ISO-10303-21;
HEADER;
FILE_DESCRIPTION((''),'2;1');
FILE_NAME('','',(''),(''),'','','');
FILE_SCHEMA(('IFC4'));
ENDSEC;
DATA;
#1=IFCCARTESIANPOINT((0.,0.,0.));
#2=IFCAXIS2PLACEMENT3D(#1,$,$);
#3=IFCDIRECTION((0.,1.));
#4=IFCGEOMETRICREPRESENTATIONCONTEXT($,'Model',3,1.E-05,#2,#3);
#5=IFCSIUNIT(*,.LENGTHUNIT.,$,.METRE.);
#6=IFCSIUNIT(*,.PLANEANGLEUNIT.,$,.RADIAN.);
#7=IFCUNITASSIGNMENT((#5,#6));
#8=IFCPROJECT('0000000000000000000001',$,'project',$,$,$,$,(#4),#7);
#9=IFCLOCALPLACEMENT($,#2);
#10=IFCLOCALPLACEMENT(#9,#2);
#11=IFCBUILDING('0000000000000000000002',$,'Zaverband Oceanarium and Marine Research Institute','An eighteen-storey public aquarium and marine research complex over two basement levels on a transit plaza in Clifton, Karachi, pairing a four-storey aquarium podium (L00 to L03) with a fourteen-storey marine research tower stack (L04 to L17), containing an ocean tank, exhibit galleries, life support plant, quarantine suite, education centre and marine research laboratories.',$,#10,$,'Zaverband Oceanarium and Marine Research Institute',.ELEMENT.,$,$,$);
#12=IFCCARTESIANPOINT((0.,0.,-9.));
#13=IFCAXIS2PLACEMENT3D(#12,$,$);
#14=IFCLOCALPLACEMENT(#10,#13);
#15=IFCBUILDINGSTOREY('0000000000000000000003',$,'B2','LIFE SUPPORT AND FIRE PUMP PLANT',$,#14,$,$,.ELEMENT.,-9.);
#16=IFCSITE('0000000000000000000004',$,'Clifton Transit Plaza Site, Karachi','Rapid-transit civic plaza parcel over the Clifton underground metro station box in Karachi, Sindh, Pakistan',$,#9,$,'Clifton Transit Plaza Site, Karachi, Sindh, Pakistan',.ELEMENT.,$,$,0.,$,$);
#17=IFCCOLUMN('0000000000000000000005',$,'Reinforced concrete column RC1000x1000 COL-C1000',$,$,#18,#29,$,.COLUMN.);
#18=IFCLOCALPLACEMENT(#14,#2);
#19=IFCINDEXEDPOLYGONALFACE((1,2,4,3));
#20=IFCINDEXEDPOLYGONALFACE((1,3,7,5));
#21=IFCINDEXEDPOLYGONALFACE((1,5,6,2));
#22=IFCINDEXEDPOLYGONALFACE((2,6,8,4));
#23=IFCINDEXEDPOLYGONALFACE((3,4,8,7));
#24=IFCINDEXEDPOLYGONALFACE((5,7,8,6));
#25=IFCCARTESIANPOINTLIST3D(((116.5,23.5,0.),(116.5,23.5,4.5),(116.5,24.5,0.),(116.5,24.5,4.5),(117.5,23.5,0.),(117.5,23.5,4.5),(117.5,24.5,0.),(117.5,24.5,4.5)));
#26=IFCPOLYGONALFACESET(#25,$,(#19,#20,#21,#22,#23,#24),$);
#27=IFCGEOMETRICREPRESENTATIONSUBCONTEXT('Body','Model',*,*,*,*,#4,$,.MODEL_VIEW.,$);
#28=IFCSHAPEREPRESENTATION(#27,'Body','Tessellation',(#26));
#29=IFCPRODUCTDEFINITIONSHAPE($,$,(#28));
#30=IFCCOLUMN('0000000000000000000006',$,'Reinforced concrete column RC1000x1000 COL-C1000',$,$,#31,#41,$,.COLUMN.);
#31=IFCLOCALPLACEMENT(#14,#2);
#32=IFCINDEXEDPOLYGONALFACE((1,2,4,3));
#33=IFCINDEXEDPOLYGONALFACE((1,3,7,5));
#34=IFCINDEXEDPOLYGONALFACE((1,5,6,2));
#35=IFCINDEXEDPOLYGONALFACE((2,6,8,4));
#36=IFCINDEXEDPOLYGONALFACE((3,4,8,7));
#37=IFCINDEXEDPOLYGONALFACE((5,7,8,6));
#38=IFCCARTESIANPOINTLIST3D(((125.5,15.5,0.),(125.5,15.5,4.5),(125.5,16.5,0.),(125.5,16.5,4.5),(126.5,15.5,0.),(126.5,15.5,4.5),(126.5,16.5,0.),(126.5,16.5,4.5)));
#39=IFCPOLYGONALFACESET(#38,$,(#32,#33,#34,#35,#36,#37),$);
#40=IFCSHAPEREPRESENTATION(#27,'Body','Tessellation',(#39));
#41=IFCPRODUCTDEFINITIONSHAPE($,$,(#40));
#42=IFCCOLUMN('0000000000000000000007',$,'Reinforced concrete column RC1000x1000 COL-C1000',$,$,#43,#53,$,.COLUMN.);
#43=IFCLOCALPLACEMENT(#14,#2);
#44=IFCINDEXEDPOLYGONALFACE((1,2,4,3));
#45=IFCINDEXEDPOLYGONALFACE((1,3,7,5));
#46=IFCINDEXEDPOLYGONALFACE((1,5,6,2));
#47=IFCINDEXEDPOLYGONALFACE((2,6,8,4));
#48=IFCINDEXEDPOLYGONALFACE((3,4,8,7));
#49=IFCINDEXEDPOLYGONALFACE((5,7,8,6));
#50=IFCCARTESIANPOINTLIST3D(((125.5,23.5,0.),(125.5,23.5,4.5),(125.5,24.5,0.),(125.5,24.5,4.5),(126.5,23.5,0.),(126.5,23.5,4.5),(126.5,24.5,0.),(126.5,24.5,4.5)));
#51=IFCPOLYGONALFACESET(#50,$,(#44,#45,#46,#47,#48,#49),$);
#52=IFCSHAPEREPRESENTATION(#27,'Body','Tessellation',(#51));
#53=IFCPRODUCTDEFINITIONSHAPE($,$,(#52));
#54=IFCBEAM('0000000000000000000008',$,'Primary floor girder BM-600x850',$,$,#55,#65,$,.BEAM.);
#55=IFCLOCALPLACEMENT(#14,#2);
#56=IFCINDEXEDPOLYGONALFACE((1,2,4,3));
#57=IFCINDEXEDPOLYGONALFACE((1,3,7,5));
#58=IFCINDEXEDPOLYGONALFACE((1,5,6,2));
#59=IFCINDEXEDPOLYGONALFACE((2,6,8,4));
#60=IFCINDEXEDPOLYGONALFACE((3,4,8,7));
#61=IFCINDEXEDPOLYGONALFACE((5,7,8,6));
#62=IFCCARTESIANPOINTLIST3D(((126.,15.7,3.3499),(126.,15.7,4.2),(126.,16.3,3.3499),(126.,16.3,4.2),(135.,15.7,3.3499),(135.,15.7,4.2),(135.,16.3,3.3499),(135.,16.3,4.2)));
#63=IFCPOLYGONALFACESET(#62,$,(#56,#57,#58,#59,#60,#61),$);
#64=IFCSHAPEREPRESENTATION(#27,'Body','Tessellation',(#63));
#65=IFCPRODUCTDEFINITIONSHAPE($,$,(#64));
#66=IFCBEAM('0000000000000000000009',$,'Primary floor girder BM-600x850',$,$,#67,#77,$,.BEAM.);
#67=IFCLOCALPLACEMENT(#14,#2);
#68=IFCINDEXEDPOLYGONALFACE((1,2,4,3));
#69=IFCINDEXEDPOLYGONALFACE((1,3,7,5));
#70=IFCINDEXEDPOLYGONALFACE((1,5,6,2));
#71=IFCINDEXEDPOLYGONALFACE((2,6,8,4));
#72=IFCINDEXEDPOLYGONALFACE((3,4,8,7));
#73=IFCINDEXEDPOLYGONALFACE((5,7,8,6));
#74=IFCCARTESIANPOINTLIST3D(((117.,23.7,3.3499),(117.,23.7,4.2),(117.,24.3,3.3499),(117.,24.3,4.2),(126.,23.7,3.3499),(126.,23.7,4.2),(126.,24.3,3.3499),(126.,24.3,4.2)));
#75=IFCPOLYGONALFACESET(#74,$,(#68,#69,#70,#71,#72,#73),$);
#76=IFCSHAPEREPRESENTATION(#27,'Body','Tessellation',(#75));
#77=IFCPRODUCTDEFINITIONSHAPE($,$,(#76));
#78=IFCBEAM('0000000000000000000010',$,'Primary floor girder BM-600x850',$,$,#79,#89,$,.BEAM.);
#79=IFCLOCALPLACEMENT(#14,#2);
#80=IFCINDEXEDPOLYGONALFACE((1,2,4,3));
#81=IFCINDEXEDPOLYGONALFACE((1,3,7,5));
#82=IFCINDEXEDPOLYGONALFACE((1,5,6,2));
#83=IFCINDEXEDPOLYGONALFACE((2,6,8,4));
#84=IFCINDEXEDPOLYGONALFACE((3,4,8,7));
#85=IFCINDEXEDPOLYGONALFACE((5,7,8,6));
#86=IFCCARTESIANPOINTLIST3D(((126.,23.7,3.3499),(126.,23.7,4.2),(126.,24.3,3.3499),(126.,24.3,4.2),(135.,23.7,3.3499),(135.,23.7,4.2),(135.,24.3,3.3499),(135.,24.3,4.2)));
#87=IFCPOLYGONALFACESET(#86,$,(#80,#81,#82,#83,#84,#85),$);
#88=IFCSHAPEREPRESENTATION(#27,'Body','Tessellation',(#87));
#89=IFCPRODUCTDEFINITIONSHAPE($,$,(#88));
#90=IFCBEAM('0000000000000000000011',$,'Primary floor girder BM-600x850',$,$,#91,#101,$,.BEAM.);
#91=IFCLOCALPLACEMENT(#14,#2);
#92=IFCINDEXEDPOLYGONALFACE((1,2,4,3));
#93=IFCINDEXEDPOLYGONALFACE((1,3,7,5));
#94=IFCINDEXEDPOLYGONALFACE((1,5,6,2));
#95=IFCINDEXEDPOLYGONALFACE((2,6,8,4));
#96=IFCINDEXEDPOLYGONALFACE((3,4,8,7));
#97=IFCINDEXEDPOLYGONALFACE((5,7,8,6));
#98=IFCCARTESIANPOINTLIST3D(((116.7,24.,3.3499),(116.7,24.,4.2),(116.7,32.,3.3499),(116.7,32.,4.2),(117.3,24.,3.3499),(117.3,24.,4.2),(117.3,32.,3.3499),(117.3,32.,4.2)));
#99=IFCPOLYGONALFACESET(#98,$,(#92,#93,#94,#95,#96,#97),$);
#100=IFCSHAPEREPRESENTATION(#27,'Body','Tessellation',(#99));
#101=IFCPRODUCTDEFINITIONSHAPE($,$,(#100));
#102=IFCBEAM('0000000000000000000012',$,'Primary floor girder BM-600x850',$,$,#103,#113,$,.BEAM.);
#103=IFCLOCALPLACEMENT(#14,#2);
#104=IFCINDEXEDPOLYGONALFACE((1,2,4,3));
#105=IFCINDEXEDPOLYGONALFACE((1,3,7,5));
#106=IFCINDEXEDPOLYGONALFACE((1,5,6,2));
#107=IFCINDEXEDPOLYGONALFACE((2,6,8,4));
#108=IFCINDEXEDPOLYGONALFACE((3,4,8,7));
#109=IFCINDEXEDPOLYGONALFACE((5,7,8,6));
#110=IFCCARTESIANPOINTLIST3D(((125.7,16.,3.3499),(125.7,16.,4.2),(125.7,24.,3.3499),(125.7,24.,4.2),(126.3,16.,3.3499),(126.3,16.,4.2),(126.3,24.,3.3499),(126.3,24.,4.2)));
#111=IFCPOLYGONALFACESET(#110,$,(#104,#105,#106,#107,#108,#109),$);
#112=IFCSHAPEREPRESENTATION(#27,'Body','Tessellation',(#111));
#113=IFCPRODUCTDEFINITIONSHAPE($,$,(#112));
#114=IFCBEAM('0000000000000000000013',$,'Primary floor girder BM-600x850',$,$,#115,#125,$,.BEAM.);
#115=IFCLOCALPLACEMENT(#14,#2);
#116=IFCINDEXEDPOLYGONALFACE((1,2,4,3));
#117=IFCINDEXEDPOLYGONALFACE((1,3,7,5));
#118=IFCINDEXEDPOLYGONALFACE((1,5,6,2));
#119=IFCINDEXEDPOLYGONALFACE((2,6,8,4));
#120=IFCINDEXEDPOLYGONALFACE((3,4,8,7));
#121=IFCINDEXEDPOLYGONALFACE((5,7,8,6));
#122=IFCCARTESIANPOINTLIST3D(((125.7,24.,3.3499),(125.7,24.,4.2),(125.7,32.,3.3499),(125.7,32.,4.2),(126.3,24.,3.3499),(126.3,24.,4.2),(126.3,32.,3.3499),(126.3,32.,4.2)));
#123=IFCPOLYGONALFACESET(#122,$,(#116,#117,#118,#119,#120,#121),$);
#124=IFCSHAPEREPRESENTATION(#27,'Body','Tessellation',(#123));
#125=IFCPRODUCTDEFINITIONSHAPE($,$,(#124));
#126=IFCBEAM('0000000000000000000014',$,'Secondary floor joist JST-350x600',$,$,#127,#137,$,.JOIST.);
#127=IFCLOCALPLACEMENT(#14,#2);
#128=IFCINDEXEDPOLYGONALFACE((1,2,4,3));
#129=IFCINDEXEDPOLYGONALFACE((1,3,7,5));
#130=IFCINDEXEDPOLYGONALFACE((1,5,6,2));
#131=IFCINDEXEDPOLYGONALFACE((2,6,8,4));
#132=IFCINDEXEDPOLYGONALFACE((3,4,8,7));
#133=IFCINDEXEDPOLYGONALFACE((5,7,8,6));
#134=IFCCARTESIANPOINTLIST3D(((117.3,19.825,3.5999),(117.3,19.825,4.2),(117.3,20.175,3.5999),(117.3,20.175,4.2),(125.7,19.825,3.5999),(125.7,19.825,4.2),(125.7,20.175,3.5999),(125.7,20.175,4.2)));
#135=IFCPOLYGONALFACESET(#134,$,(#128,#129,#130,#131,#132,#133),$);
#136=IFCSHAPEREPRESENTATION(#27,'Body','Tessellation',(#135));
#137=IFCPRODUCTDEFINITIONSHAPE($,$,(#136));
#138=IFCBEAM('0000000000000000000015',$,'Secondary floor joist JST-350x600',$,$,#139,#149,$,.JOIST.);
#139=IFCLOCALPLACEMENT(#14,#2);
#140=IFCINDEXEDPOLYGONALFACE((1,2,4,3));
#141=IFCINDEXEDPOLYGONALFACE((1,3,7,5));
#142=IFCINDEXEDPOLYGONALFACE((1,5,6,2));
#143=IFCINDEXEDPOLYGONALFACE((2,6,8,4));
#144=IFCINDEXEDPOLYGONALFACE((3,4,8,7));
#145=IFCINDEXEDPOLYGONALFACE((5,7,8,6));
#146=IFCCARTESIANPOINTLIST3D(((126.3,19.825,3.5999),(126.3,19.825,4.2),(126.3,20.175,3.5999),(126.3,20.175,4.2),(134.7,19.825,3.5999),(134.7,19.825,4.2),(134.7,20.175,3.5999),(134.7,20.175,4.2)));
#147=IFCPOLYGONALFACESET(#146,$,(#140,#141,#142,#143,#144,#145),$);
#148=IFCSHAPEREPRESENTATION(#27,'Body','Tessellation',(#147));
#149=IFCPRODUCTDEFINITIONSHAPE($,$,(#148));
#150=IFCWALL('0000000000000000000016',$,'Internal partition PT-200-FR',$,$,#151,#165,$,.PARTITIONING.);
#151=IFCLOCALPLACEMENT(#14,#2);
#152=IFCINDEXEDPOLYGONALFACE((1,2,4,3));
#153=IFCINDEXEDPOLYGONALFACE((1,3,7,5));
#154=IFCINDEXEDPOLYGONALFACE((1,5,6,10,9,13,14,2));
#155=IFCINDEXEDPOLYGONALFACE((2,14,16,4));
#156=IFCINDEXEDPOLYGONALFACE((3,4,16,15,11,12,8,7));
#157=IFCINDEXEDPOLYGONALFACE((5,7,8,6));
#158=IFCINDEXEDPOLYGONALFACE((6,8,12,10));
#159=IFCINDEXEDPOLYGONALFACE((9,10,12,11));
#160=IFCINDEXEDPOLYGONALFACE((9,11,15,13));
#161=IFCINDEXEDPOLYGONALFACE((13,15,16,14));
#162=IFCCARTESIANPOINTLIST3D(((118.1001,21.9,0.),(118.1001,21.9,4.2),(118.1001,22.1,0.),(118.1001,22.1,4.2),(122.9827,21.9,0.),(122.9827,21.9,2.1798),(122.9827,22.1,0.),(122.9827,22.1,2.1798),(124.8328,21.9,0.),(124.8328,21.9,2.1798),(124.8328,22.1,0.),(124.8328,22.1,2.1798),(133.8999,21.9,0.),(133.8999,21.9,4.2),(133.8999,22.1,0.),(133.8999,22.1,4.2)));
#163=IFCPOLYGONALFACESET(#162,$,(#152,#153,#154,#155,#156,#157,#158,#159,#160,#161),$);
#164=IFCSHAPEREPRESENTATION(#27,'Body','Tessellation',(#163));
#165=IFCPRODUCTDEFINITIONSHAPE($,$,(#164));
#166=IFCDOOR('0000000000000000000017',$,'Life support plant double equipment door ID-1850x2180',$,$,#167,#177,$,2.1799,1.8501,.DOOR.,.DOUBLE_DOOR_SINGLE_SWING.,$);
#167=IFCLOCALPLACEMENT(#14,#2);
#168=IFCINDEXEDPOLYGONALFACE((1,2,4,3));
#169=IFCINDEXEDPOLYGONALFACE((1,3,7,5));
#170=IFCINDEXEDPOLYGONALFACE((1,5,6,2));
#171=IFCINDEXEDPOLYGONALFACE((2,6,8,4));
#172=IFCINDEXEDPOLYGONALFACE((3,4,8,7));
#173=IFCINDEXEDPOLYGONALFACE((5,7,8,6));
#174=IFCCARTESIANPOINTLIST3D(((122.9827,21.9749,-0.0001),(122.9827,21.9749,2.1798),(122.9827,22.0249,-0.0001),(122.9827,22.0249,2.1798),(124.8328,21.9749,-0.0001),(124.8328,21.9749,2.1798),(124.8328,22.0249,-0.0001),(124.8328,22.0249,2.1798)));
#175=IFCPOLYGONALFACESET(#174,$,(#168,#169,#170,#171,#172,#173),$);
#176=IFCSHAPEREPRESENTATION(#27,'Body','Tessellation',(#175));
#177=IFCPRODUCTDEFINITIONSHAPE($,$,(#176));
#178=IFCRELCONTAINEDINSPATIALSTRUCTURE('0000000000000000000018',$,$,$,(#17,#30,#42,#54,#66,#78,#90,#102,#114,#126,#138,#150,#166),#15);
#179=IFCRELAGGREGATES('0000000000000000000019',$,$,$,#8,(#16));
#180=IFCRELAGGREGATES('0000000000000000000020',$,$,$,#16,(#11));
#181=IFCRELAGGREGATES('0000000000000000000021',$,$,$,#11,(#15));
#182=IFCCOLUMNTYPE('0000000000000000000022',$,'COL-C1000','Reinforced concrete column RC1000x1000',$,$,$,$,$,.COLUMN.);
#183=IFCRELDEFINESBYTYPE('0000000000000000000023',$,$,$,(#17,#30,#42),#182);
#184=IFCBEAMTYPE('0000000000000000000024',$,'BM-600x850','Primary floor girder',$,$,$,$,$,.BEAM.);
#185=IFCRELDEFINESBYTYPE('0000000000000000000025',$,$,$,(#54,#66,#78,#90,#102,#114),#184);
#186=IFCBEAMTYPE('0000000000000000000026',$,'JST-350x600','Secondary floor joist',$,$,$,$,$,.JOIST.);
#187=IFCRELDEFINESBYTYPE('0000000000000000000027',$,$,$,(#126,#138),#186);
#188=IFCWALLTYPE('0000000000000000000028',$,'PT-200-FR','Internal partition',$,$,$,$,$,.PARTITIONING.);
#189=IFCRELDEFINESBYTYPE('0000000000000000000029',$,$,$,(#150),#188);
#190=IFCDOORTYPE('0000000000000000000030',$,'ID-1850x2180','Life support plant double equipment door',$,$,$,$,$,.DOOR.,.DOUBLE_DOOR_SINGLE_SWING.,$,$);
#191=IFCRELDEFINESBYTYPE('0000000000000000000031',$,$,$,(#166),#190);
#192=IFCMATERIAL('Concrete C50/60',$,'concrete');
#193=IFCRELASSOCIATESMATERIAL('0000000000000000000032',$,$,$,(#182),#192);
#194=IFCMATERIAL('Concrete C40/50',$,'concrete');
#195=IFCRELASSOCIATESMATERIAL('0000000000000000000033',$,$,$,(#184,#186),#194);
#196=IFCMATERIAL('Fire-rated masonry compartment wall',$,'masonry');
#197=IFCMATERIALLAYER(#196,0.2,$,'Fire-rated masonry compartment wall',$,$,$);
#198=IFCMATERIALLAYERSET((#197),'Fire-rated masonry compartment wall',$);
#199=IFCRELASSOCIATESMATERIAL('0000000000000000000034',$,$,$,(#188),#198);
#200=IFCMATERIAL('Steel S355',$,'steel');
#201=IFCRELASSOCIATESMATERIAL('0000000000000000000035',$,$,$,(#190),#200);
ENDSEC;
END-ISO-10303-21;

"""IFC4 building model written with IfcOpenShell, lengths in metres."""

from ifc_helpers import new_model, si_unit, direction, frame, frame_2d, origin, origin_2d, place, context, subcontext, project, spatial, rectangle, extrude, material, layer, layer_set, material_profile, profile_set, type_object, element, fill, save


model = new_model("IFC4")

# Units and contexts
model_context = context("Model", 3, precision=1e-05, world=origin(), true_north=direction((0.0, 1.0)))
body_context = subcontext(model_context, "Body", "Model", "MODEL_VIEW")
ifc_project = project(units=[si_unit("LENGTHUNIT", "METRE"), si_unit("PLANEANGLEUNIT", "RADIAN")], contexts=[model_context])

# Site, building, storey
site_placement = place(None, origin())
site = spatial("IfcSite", under=ifc_project, at=site_placement, Name="Clifton Transit Plaza Site, Karachi", Description="Rapid-transit civic plaza parcel over the Clifton underground metro station box in Karachi, Sindh, Pakistan", LongName="Clifton Transit Plaza Site, Karachi, Sindh, Pakistan", CompositionType="ELEMENT", RefElevation=0.0)
building_placement = place(site_placement, origin())
building = spatial("IfcBuilding", under=site, at=building_placement, Name="Zaverband Oceanarium and Marine Research Institute", Description="An eighteen-storey public aquarium and marine research complex over two basement levels on a transit plaza in Clifton, Karachi, pairing a four-storey aquarium podium (L00 to L03) with a fourteen-storey marine research tower stack (L04 to L17), containing an ocean tank, exhibit galleries, life support plant, quarantine suite, education centre and marine research laboratories.", LongName="Zaverband Oceanarium and Marine Research Institute", CompositionType="ELEMENT")
storey_placement = place(building_placement, frame((0.0, 0.0, -9.0)))
storey = spatial("IfcBuildingStorey", under=building, at=storey_placement, Name="B2", Description="LIFE SUPPORT AND FIRE PUMP PLANT", CompositionType="ELEMENT", Elevation=-9.0)

# Shared definitions
ifc_material_1 = material(Name="Concrete C50/60", Category="concrete")

# Columns
ifc_material_profile_1 = material_profile(ifc_material_1, rectangle(XDim=1.0, YDim=1.0, at=origin_2d()), Name="RC1000x1000")
ifc_profile_set_1 = profile_set([ifc_material_profile_1], Name="Concrete C50/60")
column_type = type_object("IfcColumnType", Name="COL-C1000", Description="Reinforced concrete column RC1000x1000", PredefinedType="COLUMN", material=ifc_profile_set_1)
for number, where, z_axis, x_axis, name in (
    (1, (117.0, 24.0, 0.0), (0.0, 0.0, 1.0), (1.0, 0.0, 0.0), "Reinforced concrete column RC1000x1000 COL-C1000"),
    (2, (126.0, 16.0, 0.0), (0.0, 0.0, 1.0), (1.0, 0.0, 0.0), "Reinforced concrete column RC1000x1000 COL-C1000"),
    (3, (126.0, 24.0, 0.0), (0.0, 0.0, 1.0), (1.0, 0.0, 0.0), "Reinforced concrete column RC1000x1000 COL-C1000"),
):
    element("IfcColumn", number, at=place(storey_placement, frame(where, z_axis=z_axis, x_axis=x_axis)), inside=storey, type_object=column_type, Name=name, PredefinedType="COLUMN", context=body_context, shape_type="SweptSolid", body=[
        extrude(rectangle(XDim=1.0, YDim=1.0, at=origin_2d()), origin(), (0.0, 0.0, 1.0), 4.5),
    ])

# Beams
ifc_material_2 = material(Name="Concrete C40/50", Category="concrete")
ifc_material_profile_2 = material_profile(ifc_material_2, rectangle(XDim=0.6001, YDim=0.8501, at=origin_2d()), Name="RC600x850")
ifc_profile_set_2 = profile_set([ifc_material_profile_2], Name="Concrete C40/50")
beam_type_1 = type_object("IfcBeamType", Name="BM-600x850", Description="Primary floor girder", PredefinedType="BEAM", material=ifc_profile_set_2)
for number, where, z_axis, x_axis, name in (
    (4, (126.0, 16.0, 3.7749), (1.0, 0.0, 0.0), (0.0, 1.0, 0.0), "Primary floor girder BM-600x850"),
    (5, (117.0, 24.0, 3.7749), (1.0, 0.0, 0.0), (0.0, 1.0, 0.0), "Primary floor girder BM-600x850"),
    (6, (126.0, 24.0, 3.7749), (1.0, 0.0, 0.0), (0.0, 1.0, 0.0), "Primary floor girder BM-600x850"),
):
    element("IfcBeam", number, at=place(storey_placement, frame(where, z_axis=z_axis, x_axis=x_axis)), inside=storey, type_object=beam_type_1, Name=name, PredefinedType="BEAM", context=body_context, shape_type="SweptSolid", body=[
        extrude(rectangle(XDim=0.6001, YDim=0.8501, at=origin_2d()), origin(), (0.0, 0.0, 1.0), 9.0),
    ])
for number, where, z_axis, x_axis, name in (
    (7, (117.0, 24.0, 3.7749), (0.0, 1.0, 0.0), (-1.0, 0.0, 0.0), "Primary floor girder BM-600x850"),
    (8, (126.0, 16.0, 3.7749), (0.0, 1.0, 0.0), (-1.0, 0.0, 0.0), "Primary floor girder BM-600x850"),
    (9, (126.0, 24.0, 3.7749), (0.0, 1.0, 0.0), (-1.0, 0.0, 0.0), "Primary floor girder BM-600x850"),
):
    element("IfcBeam", number, at=place(storey_placement, frame(where, z_axis=z_axis, x_axis=x_axis)), inside=storey, type_object=beam_type_1, Name=name, PredefinedType="BEAM", context=body_context, shape_type="SweptSolid", body=[
        extrude(rectangle(XDim=0.6001, YDim=0.8501, at=origin_2d()), origin(), (0.0, 0.0, 1.0), 8.0),
    ])
ifc_material_profile_3 = material_profile(ifc_material_2, rectangle(XDim=0.3501, YDim=0.6001, at=origin_2d()), Name="RC350x600")
ifc_profile_set_3 = profile_set([ifc_material_profile_3], Name="Concrete C40/50")
beam_type_2 = type_object("IfcBeamType", Name="JST-350x600", Description="Secondary floor joist", PredefinedType="JOIST", material=ifc_profile_set_3)
for number, where, z_axis, x_axis, name in (
    (10, (117.3, 20.0, 3.8999), (1.0, 0.0, 0.0), (0.0, 1.0, 0.0), "Secondary floor joist JST-350x600"),
    (11, (126.3, 20.0, 3.8999), (1.0, 0.0, 0.0), (0.0, 1.0, 0.0), "Secondary floor joist JST-350x600"),
):
    element("IfcBeam", number, at=place(storey_placement, frame(where, z_axis=z_axis, x_axis=x_axis)), inside=storey, type_object=beam_type_2, Name=name, PredefinedType="JOIST", context=body_context, shape_type="SweptSolid", body=[
        extrude(rectangle(XDim=0.3501, YDim=0.6001, at=origin_2d()), origin(), (0.0, 0.0, 1.0), 8.3999),
    ])

# Wall, opening, door
ifc_material_3 = material(Name="Fire-rated masonry compartment wall", Category="masonry")
ifc_layer_1 = layer(ifc_material_3, 0.2, Name="Fire-rated masonry compartment wall")
ifc_layer_set_1 = layer_set([ifc_layer_1], Name="Fire-rated masonry compartment wall")
wall_type = type_object("IfcWallType", Name="PT-200-FR", Description="Internal partition", PredefinedType="PARTITIONING", material=ifc_layer_set_1)
wall_placement = place(storey_placement, frame((118.1001, 22.0, 0.0), z_axis=(0.0, 0.0, 1.0), x_axis=(1.0, 0.0, 0.0)))
wall = element("IfcWall", 12, at=wall_placement, inside=storey, type_object=wall_type, Name="Internal partition PT-200-FR", PredefinedType="PARTITIONING", context=body_context, shape_type="SweptSolid", body=[
    extrude(rectangle(XDim=15.7998, YDim=0.2, at=frame_2d((7.8999, 0.0))), origin(), (0.0, 0.0, 1.0), 4.2),
])
opening_placement = place(wall_placement, frame((4.8826, 0.0, 0.0)))
opening = element("IfcOpeningElement", 13, at=opening_placement, cuts=wall, PredefinedType="OPENING", context=body_context, shape_type="SweptSolid", body=[
    extrude(rectangle(XDim=1.8501, YDim=2.1799, at=frame_2d((0.925, 1.0898))), frame((0.0, 0.1118, 0.0), z_axis=(0.0, -1.0, 0.0), x_axis=(1.0, 0.0, 0.0)), (0.0, 0.0, 1.0), 0.2239),
])
ifc_material_4 = material(Name="Steel S355", Category="steel")
door_type = type_object("IfcDoorType", Name="ID-1850x2180", Description="Life support plant double equipment door", OperationType="DOUBLE_DOOR_SINGLE_SWING", PredefinedType="DOOR", material=ifc_material_4)
door_placement = place(opening_placement, origin())
door = element("IfcDoor", 14, at=door_placement, inside=storey, type_object=door_type, Name="Life support plant double equipment door ID-1850x2180", OperationType="DOUBLE_DOOR_SINGLE_SWING", OverallHeight=2.1799, OverallWidth=1.8501, PredefinedType="DOOR", context=body_context, shape_type="SweptSolid", body=[
    extrude(rectangle(XDim=1.8501, YDim=2.1799, at=frame_2d((0.925, 1.0898))), frame((0.0, 0.0249, 0.0), z_axis=(0.0, -1.0, 0.0), x_axis=(1.0, 0.0, 0.0)), (0.0, 0.0, 1.0), 0.05),
])
fill(opening, door)

save(model, "model.ifc")
